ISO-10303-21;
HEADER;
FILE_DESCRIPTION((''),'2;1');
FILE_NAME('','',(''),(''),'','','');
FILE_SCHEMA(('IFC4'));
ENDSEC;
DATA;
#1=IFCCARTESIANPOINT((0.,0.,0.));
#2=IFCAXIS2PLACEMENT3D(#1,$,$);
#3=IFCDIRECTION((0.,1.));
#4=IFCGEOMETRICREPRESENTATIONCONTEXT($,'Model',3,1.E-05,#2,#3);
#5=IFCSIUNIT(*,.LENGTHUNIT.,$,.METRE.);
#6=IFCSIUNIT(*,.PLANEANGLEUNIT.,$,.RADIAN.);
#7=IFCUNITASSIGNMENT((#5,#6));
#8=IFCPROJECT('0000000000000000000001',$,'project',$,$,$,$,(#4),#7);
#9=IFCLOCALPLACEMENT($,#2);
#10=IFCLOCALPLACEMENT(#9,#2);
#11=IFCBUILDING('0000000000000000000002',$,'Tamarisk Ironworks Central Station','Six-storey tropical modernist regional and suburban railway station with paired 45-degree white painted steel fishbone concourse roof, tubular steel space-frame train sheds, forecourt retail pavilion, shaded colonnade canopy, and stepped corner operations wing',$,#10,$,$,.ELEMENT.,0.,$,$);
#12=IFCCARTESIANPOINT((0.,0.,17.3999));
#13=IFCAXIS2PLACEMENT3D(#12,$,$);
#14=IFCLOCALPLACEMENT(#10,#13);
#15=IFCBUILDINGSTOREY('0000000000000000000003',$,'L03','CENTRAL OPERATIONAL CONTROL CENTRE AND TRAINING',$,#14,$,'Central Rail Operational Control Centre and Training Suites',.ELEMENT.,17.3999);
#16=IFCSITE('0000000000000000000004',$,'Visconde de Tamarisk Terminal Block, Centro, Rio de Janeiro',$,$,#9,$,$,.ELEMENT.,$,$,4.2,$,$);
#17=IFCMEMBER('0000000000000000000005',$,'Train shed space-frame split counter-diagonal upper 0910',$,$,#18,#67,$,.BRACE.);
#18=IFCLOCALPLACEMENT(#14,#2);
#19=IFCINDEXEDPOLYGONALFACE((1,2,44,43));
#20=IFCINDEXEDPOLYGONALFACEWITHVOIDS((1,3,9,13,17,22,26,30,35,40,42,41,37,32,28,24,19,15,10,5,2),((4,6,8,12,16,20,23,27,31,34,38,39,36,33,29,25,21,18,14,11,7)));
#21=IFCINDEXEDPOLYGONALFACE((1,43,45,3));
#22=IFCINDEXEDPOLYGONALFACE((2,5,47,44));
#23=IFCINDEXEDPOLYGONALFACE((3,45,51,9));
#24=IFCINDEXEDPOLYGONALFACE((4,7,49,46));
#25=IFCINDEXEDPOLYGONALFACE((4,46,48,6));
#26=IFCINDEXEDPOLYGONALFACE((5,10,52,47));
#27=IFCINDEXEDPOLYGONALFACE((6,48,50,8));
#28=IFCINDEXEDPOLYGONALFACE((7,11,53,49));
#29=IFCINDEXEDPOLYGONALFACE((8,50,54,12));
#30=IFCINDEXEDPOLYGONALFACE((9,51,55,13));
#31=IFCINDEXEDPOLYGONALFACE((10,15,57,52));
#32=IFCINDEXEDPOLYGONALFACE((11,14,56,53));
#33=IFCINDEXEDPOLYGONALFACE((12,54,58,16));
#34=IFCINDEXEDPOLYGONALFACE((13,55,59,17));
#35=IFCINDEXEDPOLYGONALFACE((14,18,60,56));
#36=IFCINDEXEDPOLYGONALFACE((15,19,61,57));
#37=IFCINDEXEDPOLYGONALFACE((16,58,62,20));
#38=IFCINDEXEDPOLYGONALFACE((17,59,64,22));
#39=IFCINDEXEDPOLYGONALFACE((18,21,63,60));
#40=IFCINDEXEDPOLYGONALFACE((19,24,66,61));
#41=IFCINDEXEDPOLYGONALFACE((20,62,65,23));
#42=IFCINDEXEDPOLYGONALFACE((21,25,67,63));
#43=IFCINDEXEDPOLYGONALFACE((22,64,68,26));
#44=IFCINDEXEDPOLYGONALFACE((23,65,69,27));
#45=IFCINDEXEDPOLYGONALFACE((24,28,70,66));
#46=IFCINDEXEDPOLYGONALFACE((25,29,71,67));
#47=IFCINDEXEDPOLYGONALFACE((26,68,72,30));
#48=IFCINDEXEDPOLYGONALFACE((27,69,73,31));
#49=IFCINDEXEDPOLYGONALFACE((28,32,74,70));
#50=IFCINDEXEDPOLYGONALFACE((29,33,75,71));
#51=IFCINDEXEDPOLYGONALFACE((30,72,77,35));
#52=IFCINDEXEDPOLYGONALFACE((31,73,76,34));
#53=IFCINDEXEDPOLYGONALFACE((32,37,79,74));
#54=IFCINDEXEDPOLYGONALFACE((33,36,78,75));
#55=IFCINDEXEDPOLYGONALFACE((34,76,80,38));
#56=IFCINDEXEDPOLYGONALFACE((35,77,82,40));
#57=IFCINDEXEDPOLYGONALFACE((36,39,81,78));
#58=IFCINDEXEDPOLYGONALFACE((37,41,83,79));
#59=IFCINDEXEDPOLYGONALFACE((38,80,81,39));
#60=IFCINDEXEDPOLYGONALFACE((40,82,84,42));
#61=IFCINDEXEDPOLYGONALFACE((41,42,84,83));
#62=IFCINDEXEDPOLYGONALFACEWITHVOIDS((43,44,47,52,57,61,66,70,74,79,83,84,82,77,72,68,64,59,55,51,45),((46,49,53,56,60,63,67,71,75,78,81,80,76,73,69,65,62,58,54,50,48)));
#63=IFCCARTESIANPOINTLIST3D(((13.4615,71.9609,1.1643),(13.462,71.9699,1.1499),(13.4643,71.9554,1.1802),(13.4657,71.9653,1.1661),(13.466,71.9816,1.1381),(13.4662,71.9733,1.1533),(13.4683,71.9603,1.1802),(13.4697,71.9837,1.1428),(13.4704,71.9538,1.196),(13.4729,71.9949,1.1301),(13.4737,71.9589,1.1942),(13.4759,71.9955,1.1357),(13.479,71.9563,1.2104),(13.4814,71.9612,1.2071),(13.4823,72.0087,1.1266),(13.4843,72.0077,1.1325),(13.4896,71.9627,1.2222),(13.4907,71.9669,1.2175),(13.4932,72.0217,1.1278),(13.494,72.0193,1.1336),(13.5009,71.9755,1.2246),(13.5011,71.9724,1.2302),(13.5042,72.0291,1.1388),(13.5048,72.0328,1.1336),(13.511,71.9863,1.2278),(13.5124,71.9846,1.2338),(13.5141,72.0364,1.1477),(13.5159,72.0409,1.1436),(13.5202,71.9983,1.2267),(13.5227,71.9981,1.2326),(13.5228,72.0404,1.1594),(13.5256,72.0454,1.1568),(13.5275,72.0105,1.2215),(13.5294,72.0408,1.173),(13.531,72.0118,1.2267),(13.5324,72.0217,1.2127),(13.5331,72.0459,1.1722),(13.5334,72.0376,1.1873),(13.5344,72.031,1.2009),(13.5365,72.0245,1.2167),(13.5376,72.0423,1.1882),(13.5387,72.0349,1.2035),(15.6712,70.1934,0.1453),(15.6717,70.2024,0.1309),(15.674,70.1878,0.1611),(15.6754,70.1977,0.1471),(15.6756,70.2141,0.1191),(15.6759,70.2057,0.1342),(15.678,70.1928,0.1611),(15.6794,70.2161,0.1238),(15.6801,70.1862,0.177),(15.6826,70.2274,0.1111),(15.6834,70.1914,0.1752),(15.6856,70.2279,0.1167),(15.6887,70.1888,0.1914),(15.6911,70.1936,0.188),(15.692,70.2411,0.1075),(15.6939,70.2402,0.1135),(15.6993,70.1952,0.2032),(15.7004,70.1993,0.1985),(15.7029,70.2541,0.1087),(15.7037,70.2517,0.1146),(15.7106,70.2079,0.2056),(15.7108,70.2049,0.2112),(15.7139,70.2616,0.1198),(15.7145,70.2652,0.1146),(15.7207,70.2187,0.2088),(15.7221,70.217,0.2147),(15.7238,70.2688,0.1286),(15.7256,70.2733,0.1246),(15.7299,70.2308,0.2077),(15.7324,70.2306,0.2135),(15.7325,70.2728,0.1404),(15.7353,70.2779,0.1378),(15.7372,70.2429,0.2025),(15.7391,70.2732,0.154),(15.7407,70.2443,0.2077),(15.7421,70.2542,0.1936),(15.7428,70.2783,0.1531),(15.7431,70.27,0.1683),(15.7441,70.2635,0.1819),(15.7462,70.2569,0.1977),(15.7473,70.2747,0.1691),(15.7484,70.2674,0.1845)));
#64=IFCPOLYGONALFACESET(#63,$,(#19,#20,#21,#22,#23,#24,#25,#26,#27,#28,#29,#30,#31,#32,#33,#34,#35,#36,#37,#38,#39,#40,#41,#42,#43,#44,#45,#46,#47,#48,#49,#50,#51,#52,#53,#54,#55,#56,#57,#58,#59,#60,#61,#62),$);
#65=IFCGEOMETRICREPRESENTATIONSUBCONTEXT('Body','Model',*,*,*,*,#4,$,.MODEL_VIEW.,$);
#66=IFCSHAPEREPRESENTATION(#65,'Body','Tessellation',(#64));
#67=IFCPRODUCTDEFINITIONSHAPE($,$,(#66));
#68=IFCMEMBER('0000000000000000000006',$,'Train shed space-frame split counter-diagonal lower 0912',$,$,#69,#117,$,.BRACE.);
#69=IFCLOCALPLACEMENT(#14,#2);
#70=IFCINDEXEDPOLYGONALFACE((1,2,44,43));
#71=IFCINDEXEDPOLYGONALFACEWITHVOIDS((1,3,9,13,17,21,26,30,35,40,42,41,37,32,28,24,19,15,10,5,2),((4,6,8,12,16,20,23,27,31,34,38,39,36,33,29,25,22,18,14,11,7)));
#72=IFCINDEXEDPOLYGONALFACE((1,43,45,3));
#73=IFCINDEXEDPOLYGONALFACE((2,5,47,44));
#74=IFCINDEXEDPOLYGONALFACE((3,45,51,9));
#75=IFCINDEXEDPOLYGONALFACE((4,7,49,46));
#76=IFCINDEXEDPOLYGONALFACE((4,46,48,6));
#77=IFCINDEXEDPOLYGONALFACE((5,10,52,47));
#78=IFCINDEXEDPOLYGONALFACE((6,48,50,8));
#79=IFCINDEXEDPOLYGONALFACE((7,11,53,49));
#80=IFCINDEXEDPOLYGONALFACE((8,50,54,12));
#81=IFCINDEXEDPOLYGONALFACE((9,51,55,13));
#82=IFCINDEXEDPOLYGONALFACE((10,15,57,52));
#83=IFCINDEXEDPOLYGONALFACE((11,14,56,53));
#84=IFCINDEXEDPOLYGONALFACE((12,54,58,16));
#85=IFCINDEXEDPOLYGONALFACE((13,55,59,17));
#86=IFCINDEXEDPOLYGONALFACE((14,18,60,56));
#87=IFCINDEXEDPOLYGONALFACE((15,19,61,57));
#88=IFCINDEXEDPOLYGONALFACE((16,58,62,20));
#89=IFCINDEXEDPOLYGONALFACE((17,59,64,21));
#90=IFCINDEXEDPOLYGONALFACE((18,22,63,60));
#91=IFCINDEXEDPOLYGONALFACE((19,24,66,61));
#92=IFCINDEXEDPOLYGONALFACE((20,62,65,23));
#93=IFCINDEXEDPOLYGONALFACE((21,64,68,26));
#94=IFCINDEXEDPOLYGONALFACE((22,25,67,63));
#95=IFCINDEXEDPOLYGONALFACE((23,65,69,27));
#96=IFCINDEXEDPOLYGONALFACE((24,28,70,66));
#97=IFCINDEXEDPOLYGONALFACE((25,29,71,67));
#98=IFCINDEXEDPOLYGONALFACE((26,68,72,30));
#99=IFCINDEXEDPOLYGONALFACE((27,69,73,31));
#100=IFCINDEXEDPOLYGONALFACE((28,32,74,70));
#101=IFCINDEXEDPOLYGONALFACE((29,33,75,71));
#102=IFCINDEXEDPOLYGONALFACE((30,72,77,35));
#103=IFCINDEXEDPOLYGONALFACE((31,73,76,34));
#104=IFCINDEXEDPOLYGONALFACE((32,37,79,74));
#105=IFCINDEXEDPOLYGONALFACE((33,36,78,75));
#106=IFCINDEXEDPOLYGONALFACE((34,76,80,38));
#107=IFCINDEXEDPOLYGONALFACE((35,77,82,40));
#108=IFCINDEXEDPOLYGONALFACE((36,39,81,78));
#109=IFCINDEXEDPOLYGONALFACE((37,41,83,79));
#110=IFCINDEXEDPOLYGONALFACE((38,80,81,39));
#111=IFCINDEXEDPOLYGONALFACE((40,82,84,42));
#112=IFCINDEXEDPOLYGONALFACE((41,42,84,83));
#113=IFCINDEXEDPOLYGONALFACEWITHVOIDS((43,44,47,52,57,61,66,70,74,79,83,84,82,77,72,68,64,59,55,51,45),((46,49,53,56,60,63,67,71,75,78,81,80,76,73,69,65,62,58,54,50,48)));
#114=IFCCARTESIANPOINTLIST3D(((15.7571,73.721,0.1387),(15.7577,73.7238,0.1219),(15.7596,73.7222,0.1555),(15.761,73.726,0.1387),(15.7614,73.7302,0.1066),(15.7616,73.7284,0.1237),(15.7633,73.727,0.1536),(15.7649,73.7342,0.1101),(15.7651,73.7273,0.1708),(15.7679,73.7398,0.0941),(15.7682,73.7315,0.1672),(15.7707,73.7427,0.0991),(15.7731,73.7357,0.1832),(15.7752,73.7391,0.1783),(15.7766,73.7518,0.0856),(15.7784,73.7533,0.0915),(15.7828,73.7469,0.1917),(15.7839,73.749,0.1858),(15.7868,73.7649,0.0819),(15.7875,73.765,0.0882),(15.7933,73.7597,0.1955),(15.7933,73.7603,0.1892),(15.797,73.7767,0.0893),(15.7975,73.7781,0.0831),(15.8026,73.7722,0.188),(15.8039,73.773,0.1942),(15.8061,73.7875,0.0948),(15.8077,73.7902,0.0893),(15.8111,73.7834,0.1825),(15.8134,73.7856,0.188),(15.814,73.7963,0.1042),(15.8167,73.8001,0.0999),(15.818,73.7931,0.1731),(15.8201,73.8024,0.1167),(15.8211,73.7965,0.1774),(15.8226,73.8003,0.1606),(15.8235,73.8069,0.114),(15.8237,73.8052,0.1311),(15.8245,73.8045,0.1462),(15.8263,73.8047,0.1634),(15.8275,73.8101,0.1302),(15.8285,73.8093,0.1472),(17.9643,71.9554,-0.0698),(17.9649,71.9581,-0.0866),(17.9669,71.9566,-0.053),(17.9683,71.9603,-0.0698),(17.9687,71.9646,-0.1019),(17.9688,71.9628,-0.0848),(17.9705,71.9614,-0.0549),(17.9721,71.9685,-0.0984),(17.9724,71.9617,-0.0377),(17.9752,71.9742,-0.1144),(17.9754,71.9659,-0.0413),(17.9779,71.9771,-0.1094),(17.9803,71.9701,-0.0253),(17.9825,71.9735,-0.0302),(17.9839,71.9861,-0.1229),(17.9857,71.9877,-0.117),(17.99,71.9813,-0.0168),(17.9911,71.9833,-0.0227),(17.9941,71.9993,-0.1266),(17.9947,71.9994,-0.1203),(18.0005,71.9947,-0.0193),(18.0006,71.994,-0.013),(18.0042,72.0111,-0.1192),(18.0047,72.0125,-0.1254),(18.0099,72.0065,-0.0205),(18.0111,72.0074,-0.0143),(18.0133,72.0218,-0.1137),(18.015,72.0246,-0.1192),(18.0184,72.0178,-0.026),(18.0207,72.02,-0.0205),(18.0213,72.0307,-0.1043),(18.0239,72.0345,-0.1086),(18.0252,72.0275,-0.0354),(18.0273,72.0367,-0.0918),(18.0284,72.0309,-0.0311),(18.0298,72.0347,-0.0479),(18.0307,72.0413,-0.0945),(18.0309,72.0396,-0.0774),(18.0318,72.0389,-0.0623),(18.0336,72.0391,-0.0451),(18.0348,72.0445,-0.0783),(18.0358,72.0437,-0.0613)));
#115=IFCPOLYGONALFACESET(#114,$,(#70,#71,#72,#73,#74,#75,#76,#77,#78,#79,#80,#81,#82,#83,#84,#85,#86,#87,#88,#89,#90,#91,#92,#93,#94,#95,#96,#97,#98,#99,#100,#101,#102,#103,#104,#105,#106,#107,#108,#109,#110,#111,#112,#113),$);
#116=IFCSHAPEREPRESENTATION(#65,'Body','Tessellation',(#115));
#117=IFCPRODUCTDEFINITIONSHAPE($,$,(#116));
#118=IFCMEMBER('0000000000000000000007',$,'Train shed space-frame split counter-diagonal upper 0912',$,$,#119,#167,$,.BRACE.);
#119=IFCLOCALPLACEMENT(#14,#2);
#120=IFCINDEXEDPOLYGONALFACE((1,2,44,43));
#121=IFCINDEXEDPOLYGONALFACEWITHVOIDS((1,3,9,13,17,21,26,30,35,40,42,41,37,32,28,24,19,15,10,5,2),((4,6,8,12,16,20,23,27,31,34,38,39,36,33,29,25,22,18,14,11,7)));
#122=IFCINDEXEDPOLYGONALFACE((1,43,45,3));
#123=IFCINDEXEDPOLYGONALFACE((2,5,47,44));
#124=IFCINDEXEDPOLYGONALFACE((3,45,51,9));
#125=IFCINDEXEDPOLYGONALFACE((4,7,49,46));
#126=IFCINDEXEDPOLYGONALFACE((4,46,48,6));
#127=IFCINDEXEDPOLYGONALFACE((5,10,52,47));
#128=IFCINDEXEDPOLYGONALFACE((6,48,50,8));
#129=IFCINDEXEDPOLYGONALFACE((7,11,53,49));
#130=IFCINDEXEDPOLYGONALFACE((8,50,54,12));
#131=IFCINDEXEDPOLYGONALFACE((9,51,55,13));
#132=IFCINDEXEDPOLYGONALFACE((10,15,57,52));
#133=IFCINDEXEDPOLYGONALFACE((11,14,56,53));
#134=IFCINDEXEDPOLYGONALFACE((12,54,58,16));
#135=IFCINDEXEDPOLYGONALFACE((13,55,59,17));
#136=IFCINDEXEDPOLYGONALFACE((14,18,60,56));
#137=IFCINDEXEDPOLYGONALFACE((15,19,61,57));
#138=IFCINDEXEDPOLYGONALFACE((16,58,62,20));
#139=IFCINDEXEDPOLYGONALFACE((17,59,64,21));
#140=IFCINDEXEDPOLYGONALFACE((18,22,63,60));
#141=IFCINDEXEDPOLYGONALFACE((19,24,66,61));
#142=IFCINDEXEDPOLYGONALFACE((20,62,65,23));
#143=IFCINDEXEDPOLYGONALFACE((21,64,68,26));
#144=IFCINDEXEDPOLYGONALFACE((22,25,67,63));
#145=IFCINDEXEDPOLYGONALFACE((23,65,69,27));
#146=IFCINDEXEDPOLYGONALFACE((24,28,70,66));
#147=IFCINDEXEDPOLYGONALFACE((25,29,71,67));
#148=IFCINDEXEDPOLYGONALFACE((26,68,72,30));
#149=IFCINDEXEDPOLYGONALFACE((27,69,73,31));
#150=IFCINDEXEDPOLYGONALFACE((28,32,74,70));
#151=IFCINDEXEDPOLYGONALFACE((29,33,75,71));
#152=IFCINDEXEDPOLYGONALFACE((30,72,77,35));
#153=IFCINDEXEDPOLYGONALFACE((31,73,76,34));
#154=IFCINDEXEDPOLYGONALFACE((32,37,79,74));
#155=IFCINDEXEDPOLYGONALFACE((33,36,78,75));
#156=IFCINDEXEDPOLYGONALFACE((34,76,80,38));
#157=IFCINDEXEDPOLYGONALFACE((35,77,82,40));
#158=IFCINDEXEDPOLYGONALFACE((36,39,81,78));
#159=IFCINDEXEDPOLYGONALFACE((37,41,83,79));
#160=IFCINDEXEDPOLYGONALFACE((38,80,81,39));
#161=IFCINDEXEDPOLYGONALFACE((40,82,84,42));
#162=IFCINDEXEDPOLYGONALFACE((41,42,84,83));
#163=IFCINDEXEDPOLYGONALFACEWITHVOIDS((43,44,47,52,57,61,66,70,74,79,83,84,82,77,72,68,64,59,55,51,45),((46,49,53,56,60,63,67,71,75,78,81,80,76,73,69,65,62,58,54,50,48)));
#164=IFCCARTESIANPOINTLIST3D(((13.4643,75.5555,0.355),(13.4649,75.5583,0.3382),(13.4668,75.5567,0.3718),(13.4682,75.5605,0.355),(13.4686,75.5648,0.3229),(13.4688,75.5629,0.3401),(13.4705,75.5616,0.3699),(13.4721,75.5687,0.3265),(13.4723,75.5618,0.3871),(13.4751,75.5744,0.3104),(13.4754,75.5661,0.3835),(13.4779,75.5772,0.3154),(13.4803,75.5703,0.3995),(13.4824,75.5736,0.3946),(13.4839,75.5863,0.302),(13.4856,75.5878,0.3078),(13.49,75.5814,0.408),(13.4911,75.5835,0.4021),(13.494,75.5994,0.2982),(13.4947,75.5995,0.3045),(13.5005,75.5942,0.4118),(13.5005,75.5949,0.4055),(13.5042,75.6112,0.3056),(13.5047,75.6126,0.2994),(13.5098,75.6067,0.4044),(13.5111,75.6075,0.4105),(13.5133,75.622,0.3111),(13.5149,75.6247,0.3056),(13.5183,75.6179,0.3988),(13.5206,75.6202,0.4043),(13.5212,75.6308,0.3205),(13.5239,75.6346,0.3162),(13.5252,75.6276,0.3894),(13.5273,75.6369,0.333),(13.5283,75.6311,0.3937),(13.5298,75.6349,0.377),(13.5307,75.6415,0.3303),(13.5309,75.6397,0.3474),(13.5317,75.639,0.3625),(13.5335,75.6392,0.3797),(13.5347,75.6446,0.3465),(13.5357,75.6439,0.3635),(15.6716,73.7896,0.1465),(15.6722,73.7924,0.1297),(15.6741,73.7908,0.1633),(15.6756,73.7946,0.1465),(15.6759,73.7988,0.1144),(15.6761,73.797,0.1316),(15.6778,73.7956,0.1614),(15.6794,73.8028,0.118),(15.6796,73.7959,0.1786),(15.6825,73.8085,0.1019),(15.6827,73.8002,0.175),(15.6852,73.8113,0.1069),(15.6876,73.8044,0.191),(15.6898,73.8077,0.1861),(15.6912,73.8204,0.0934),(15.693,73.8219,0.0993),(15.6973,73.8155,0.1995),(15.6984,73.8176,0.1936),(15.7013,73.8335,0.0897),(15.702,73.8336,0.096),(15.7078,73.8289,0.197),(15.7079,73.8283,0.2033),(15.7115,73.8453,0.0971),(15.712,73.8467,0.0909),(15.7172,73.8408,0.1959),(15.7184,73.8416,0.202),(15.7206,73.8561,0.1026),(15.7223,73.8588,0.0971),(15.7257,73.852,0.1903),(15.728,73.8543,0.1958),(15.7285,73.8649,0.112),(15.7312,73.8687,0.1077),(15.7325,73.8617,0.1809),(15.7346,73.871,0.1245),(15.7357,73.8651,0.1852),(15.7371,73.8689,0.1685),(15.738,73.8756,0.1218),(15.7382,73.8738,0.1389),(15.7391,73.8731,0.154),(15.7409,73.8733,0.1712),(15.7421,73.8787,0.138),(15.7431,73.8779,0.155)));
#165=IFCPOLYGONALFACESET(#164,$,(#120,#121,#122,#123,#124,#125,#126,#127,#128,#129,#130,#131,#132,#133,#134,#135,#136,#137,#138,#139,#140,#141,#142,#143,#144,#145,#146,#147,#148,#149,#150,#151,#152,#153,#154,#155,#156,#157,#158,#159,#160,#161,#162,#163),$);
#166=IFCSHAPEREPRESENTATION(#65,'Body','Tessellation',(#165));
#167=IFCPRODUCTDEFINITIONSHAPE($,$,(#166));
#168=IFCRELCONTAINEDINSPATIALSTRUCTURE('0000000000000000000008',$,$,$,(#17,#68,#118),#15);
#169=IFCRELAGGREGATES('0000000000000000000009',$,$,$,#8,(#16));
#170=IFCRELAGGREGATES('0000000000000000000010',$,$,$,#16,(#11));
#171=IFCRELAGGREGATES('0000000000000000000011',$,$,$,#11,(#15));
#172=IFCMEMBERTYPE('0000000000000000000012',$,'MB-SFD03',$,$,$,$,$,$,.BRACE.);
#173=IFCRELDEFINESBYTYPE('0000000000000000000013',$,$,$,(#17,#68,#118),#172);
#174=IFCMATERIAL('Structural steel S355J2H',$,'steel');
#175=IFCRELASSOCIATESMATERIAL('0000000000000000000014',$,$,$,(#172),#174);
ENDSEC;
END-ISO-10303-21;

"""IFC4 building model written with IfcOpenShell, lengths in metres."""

from ifc_helpers import new_model, si_unit, direction, frame, origin, origin_2d, place, context, subcontext, project, spatial, hollow_circle, extrude, material, material_profile, profile_set, type_object, element, save


model = new_model("IFC4")

# Units and contexts
model_context = context("Model", 3, precision=1e-05, world=origin(), true_north=direction((0.0, 1.0)))
body_context = subcontext(model_context, "Body", "Model", "MODEL_VIEW")
ifc_project = project(units=[si_unit("LENGTHUNIT", "METRE"), si_unit("PLANEANGLEUNIT", "RADIAN")], contexts=[model_context])

# Site, building, storey
site_placement = place(None, origin())
site = spatial("IfcSite", under=ifc_project, at=site_placement, Name="Visconde de Tamarisk Terminal Block, Centro, Rio de Janeiro", CompositionType="ELEMENT", RefElevation=4.2)
building_placement = place(site_placement, origin())
building = spatial("IfcBuilding", under=site, at=building_placement, Name="Tamarisk Ironworks Central Station", Description="Six-storey tropical modernist regional and suburban railway station with paired 45-degree white painted steel fishbone concourse roof, tubular steel space-frame train sheds, forecourt retail pavilion, shaded colonnade canopy, and stepped corner operations wing", CompositionType="ELEMENT", ElevationOfRefHeight=0.0)
storey_placement = place(building_placement, frame((0.0, 0.0, 17.3999)))
storey = spatial("IfcBuildingStorey", under=building, at=storey_placement, Name="L03", Description="CENTRAL OPERATIONAL CONTROL CENTRE AND TRAINING", LongName="Central Rail Operational Control Centre and Training Suites", CompositionType="ELEMENT", Elevation=17.3999)

# Members
ifc_material = material(Name="Structural steel S355J2H", Category="steel")
ifc_material_profile_1 = material_profile(ifc_material, hollow_circle(Radius=0.0571, WallThickness=0.0063, at=origin_2d()), Name="CHS 114.3x6.3")
ifc_profile_set_1 = profile_set([ifc_material_profile_1], Name="Structural steel S355J2H")
member_type_1 = type_object("IfcMemberType", Name="MB-SFD03", PredefinedType="BRACE", material=ifc_profile_set_1)
member_1_placement = place(storey_placement, frame((15.7097, 70.2324, 0.1611), z_axis=(-0.734712, 0.587705, 0.338823), x_axis=(-0.624653, -0.780902, 0.0)))
element("IfcMember", 1, at=member_1_placement, inside=storey, type_object=member_type_1, Name="Train shed space-frame split counter-diagonal upper 0910", PredefinedType="BRACE", context=body_context, shape_type="SweptSolid", body=[
    extrude(hollow_circle(Radius=0.0571, WallThickness=0.0063, at=origin_2d()), origin(), (0.0, 0.0, 1.0), 3.0076),
])
member_2_placement = place(storey_placement, frame((18.0, 72.0, -0.0698), z_axis=(-0.778787, 0.62296, 0.073563), x_axis=(-0.624653, -0.780903, 0.0)))
element("IfcMember", 2, at=member_2_placement, inside=storey, type_object=member_type_1, Name="Train shed space-frame split counter-diagonal lower 0912", PredefinedType="BRACE", context=body_context, shape_type="SweptSolid", body=[
    extrude(hollow_circle(Radius=0.0571, WallThickness=0.0063, at=origin_2d()), origin(), (0.0, 0.0, 1.0), 2.8342),
])
member_3_placement = place(storey_placement, frame((15.7073, 73.8342, 0.1465), z_axis=(-0.778745, 0.623013, 0.073559), x_axis=(-0.624706, -0.78086, 0.0)))
element("IfcMember", 3, at=member_3_placement, inside=storey, type_object=member_type_1, Name="Train shed space-frame split counter-diagonal upper 0912", PredefinedType="BRACE", context=body_context, shape_type="SweptSolid", body=[
    extrude(hollow_circle(Radius=0.0571, WallThickness=0.0063, at=origin_2d()), origin(), (0.0, 0.0, 1.0), 2.8345),
])

save(model, "model.ifc")
